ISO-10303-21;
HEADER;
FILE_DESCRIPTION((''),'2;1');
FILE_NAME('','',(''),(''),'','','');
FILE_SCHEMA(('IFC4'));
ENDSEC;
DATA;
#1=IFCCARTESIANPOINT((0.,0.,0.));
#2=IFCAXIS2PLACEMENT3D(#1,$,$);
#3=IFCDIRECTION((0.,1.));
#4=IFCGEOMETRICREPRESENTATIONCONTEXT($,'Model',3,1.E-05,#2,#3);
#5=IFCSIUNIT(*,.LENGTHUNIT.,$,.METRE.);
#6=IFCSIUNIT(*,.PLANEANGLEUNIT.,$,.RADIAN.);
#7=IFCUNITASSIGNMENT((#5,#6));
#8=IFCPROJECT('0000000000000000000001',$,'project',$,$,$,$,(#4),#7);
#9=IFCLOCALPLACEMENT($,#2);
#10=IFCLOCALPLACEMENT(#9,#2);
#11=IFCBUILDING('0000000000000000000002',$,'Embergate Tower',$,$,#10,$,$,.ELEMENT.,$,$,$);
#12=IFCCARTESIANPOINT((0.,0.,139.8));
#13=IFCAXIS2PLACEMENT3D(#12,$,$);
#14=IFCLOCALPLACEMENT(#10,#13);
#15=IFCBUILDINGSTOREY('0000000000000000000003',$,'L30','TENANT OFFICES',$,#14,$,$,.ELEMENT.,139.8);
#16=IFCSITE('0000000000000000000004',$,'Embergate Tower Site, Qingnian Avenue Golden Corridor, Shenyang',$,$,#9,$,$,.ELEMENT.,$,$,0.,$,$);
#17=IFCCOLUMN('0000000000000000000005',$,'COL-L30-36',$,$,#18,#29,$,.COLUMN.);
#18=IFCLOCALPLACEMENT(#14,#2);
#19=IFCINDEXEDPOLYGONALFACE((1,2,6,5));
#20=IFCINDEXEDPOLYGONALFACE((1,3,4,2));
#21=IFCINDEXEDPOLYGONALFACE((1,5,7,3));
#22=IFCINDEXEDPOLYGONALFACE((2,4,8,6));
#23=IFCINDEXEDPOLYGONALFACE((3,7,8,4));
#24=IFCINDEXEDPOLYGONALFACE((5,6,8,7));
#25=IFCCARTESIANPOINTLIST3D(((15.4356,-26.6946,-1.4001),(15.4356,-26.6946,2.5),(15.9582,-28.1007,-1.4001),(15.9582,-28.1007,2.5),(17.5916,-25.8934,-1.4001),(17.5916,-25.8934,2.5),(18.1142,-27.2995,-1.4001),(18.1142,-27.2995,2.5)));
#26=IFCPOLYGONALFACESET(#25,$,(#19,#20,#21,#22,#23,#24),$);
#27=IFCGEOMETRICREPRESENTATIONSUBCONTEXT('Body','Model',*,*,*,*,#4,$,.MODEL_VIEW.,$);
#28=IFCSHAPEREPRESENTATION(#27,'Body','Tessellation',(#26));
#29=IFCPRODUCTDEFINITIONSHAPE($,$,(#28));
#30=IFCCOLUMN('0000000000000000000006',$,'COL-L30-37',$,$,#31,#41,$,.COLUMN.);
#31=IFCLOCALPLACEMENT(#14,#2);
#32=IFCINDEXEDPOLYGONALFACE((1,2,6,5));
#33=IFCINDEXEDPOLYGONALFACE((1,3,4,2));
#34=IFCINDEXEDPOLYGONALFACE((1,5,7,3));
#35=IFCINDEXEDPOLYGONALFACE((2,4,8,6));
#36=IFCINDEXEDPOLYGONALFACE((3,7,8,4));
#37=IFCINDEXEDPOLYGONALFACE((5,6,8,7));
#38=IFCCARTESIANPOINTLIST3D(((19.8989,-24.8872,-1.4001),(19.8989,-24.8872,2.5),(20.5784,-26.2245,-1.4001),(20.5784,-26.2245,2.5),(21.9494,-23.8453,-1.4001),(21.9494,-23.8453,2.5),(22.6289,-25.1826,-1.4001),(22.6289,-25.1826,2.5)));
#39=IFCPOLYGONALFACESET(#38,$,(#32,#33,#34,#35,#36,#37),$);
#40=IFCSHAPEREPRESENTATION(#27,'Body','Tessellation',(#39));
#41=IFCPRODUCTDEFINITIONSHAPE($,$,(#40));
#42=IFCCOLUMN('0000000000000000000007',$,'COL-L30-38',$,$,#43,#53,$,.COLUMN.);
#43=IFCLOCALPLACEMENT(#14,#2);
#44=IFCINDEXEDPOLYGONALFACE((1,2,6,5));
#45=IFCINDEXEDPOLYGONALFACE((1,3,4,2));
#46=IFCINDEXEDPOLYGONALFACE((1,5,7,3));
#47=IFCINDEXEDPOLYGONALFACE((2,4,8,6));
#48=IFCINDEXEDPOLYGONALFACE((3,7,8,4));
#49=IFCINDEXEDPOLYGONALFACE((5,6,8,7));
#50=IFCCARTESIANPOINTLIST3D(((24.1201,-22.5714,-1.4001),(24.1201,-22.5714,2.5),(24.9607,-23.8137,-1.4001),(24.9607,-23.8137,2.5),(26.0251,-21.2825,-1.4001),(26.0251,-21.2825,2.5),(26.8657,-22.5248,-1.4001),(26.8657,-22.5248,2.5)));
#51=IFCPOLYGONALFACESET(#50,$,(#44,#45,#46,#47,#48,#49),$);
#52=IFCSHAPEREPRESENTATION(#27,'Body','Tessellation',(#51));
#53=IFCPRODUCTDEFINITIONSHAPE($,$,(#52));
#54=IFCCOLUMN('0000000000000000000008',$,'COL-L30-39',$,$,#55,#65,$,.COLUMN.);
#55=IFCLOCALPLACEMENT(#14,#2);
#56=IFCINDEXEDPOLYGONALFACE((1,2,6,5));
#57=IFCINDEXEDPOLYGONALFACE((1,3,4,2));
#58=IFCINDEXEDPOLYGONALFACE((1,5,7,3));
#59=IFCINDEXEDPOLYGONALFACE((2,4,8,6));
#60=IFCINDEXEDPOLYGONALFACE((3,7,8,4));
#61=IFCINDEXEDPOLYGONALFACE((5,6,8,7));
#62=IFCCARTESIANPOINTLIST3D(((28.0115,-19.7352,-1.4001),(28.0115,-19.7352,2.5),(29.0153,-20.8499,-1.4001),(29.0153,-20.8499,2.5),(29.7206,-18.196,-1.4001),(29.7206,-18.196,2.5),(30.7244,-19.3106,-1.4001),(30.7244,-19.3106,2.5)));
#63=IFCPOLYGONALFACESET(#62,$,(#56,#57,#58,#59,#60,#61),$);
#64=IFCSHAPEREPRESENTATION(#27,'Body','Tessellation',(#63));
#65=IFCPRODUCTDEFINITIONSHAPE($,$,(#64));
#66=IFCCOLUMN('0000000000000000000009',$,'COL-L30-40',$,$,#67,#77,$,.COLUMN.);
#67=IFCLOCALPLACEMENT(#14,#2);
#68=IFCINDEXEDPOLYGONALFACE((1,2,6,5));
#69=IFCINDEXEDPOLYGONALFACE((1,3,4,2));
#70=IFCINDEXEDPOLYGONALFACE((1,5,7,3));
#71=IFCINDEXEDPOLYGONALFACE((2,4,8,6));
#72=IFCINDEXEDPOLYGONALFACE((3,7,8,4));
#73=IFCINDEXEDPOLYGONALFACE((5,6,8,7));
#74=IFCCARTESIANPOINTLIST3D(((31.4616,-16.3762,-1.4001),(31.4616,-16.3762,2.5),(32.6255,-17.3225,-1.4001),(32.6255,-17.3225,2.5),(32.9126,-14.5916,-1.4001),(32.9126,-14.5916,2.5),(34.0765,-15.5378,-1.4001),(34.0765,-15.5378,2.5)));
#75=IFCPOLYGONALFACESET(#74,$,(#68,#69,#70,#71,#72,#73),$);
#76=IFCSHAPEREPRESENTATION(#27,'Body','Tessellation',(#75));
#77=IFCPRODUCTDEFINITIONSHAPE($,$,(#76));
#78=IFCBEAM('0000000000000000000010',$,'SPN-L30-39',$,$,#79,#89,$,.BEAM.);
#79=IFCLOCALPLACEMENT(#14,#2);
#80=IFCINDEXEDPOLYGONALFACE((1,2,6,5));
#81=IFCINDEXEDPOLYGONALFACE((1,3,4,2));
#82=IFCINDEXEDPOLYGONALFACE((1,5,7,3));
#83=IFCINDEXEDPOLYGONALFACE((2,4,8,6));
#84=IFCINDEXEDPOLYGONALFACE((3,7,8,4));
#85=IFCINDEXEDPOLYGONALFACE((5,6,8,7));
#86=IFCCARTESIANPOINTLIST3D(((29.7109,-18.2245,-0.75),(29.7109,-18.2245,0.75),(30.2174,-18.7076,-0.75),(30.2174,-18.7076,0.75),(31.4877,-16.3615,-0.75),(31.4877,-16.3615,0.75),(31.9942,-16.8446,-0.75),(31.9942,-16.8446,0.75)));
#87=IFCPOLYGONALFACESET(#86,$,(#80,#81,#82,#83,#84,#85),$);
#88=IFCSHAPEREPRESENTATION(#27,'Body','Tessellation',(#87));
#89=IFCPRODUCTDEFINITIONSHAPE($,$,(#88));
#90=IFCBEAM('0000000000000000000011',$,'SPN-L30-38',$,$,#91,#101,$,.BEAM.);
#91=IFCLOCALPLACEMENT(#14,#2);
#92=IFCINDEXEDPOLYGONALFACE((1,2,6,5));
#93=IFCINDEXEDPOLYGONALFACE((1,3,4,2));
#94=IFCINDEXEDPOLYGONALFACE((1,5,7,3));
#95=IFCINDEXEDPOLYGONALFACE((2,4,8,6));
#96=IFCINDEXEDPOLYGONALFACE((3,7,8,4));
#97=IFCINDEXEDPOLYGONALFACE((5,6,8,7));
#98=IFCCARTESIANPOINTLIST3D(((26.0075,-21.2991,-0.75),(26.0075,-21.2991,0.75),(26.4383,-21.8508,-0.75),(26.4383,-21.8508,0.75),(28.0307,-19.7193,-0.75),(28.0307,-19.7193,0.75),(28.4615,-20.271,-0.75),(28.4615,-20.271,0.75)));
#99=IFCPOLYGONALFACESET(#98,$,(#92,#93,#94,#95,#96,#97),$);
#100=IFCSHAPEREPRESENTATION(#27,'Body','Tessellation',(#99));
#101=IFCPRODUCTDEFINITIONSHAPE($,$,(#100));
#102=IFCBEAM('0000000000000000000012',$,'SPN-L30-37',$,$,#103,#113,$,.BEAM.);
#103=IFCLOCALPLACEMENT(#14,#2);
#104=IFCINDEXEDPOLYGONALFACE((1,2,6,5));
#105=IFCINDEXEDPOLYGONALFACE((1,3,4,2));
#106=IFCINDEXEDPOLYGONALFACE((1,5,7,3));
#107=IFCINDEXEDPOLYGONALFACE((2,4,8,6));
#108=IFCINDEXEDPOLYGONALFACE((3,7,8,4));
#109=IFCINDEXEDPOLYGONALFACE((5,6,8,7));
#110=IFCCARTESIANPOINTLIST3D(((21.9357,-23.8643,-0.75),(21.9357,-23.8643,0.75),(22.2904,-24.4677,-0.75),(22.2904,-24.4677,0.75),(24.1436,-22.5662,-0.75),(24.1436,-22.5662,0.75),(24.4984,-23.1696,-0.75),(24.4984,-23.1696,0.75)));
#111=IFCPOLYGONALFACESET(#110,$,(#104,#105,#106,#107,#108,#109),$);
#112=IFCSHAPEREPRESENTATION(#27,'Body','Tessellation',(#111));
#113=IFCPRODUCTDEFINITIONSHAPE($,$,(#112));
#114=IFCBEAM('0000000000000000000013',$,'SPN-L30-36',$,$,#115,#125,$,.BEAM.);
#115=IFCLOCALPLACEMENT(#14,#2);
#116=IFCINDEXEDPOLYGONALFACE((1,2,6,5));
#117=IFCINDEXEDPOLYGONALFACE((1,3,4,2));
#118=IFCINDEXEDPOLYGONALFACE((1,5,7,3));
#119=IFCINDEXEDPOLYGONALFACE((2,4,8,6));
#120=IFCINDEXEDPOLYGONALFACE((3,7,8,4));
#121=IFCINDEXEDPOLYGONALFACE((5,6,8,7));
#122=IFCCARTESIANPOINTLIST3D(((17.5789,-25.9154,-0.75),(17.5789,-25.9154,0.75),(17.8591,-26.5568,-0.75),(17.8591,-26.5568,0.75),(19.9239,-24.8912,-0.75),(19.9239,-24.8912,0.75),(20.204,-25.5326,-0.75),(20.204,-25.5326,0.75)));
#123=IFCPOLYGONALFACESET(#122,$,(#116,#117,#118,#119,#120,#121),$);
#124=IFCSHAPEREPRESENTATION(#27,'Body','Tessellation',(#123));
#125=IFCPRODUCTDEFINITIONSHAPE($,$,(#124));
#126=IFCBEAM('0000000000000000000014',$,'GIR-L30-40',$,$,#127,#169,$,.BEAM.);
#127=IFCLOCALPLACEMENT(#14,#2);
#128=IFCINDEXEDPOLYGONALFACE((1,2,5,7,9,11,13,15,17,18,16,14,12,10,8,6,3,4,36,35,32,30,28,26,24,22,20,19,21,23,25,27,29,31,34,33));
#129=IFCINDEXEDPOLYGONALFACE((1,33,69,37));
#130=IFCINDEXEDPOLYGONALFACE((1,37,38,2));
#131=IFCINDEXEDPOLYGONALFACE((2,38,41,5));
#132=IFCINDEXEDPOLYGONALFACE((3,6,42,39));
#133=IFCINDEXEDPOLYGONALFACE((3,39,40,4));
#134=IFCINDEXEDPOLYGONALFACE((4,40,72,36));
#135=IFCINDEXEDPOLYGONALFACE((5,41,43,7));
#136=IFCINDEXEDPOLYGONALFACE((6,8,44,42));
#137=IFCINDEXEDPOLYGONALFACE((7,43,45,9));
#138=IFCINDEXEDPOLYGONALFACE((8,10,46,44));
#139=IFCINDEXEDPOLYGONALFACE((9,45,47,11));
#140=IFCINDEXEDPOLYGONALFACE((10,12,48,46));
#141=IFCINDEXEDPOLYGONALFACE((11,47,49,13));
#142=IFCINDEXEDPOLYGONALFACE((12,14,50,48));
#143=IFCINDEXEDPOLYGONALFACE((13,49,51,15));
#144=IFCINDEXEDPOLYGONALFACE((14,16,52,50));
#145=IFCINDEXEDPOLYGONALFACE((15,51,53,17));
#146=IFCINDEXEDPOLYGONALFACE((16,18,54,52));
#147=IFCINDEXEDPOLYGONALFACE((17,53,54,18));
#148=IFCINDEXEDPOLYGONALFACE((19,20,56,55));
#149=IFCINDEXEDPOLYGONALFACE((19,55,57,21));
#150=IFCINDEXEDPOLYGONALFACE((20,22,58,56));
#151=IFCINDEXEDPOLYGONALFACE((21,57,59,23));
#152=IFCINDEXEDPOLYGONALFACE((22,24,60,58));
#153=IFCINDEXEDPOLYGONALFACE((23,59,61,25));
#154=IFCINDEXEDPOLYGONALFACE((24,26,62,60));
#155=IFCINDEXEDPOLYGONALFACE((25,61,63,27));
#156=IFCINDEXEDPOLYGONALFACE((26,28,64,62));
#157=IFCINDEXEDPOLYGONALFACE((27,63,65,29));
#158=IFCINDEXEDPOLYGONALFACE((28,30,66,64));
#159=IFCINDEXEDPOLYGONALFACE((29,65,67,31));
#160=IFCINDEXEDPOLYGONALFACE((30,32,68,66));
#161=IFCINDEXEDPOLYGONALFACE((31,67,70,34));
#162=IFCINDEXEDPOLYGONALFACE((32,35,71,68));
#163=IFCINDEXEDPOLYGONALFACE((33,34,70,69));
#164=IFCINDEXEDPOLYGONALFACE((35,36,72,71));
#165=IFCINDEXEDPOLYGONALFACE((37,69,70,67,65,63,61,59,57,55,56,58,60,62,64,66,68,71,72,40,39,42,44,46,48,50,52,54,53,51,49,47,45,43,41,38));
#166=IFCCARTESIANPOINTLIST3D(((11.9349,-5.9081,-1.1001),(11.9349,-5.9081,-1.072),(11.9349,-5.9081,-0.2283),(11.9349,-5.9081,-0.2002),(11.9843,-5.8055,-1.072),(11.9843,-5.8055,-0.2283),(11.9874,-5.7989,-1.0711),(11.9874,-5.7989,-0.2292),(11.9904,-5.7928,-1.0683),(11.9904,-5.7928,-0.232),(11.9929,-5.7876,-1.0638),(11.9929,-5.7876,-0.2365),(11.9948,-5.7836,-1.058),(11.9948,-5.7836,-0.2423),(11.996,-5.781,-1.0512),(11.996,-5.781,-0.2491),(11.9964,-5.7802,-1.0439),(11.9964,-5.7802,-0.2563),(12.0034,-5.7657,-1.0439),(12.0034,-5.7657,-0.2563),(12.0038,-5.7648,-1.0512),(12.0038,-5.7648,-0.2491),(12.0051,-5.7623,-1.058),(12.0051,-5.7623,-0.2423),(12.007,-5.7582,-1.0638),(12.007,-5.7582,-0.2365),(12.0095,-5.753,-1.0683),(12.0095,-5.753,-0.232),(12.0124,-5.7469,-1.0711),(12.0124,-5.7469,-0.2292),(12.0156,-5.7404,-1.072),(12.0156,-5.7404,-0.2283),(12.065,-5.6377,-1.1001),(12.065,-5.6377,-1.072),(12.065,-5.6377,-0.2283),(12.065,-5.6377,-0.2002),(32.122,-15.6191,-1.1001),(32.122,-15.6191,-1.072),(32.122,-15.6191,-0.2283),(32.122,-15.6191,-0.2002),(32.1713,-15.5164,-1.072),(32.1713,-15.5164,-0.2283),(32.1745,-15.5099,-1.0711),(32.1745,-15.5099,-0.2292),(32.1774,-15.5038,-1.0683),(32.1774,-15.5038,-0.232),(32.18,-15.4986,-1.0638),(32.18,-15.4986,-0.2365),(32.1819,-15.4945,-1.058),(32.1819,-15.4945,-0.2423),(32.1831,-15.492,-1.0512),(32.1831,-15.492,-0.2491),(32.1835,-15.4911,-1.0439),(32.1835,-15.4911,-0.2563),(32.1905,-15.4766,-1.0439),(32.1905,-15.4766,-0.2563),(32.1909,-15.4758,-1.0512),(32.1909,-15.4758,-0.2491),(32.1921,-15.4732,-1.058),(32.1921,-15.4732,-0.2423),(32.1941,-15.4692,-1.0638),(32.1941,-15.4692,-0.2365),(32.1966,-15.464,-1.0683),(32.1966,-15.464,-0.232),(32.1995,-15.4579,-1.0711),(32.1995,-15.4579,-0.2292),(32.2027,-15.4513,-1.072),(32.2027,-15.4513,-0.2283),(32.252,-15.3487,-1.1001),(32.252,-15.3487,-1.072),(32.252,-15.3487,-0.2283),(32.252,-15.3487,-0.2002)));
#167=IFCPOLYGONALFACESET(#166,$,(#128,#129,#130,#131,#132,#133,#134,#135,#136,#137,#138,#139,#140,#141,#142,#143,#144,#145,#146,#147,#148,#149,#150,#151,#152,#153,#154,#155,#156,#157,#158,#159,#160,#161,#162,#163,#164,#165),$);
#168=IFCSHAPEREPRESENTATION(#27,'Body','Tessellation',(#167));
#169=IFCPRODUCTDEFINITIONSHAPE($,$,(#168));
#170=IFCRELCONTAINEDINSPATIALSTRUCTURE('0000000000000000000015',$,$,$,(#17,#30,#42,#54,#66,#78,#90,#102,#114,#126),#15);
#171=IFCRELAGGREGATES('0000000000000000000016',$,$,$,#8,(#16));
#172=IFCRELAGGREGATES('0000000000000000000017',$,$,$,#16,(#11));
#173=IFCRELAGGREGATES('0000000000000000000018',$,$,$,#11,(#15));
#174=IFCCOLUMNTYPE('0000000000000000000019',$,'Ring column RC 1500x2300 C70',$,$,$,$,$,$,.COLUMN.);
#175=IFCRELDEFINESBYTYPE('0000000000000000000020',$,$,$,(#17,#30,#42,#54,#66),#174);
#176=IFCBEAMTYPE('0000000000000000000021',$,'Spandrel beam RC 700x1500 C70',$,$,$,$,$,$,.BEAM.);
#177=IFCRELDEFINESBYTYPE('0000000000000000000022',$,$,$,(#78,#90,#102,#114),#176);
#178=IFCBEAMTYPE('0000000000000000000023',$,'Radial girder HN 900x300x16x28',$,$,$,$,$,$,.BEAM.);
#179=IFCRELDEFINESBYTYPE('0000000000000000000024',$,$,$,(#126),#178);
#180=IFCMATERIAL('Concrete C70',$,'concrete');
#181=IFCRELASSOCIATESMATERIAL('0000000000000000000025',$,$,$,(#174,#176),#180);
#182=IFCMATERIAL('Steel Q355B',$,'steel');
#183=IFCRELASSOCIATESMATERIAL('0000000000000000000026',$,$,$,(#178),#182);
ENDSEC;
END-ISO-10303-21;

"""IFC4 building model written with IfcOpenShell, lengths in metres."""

from ifc_helpers import new_model, si_unit, direction, frame, origin, origin_2d, place, context, subcontext, project, spatial, rectangle, i_section, extrude, source, transform, mapped, material, material_profile, profile_set, type_object, element, save


model = new_model("IFC4")

# Units and contexts
model_context = context("Model", 3, precision=1e-05, world=origin(), true_north=direction((0.0, 1.0)))
body_context = subcontext(model_context, "Body", "Model", "MODEL_VIEW")
ifc_project = project(units=[si_unit("LENGTHUNIT", "METRE"), si_unit("PLANEANGLEUNIT", "RADIAN")], contexts=[model_context])

# Site, building, storey
site_placement = place(None, origin())
site = spatial("IfcSite", under=ifc_project, at=site_placement, Name="Embergate Tower Site, Qingnian Avenue Golden Corridor, Shenyang", CompositionType="ELEMENT", RefElevation=0.0)
building_placement = place(site_placement, origin())
building = spatial("IfcBuilding", under=site, at=building_placement, Name="Embergate Tower", CompositionType="ELEMENT")
storey_placement = place(building_placement, frame((0.0, 0.0, 139.8)))
storey = spatial("IfcBuildingStorey", under=building, at=storey_placement, Name="L30", Description="TENANT OFFICES", CompositionType="ELEMENT", Elevation=139.8)

# Columns
ifc_material_1 = material(Name="Concrete C70", Category="concrete")
ifc_material_profile_1 = material_profile(ifc_material_1, rectangle(XDim=1.5, YDim=2.3, at=origin_2d()), Name="RC 1500x2300")
ifc_profile_set_1 = profile_set([ifc_material_profile_1], Name="Concrete C70")
column_type = type_object("IfcColumnType", Name="Ring column RC 1500x2300 C70", PredefinedType="COLUMN", material=ifc_profile_set_1)
shared_shape_1 = source(origin(), body_context, "Body", "SweptSolid", [
    extrude(rectangle(XDim=1.5, YDim=2.3, at=origin_2d()), origin(), (0.0, 0.0, 1.0), 3.9001),
])
for number, where, z_axis, x_axis, name in (
    (1, (16.7749, -26.9971, -1.4001), (0.0, 0.0, 1.0), (0.348343, -0.937367, 0.0), "COL-L30-36"),
    (2, (21.2639, -25.0349, -1.4001), (0.0, 0.0, 1.0), (0.452995, -0.891513, 0.0), "COL-L30-37"),
    (3, (25.4929, -22.5481, -1.4001), (0.0, 0.0, 1.0), (0.560393, -0.828227, 0.0), "COL-L30-38"),
    (4, (29.3679, -19.5229, -1.4001), (0.0, 0.0, 1.0), (0.669208, -0.743075, 0.0), "COL-L30-39"),
    (5, (32.769, -15.957, -1.4001), (0.0, 0.0, 1.0), (0.775914, -0.630838, 0.0), "COL-L30-40"),
):
    element("IfcColumn", number, at=place(storey_placement, frame(where, z_axis=z_axis, x_axis=x_axis)), inside=storey, type_object=column_type, Name=name, PredefinedType="COLUMN", context=body_context, shape_type="MappedRepresentation", body=[
        mapped(shared_shape_1, transform((0.0, 0.0, 0.0))),
    ])

# Beams
ifc_material_profile_2 = material_profile(ifc_material_1, rectangle(XDim=0.7, YDim=1.5, at=origin_2d()), Name="RC 700x1500")
ifc_profile_set_2 = profile_set([ifc_material_profile_2], Name="Concrete C70")
beam_type_1 = type_object("IfcBeamType", Name="Spandrel beam RC 700x1500 C70", PredefinedType="BEAM", material=ifc_profile_set_2)
shared_shape_2 = source(origin(), body_context, "Body", "SweptSolid", [
    extrude(rectangle(XDim=0.7, YDim=1.5, at=origin_2d()), origin(), (0.0, 0.0, 1.0), 2.5745),
])
beam_1_placement = place(storey_placement, frame((29.9641, -18.4661, 0.0), z_axis=(0.690171, 0.723646, 0.0), x_axis=(-0.723646, 0.690171, 0.0)))
element("IfcBeam", 6, at=beam_1_placement, inside=storey, type_object=beam_type_1, Name="SPN-L30-39", PredefinedType="BEAM", context=body_context, shape_type="MappedRepresentation", body=[
    mapped(shared_shape_2, transform((0.0, 0.0, 0.0))),
])
shared_shape_3 = source(origin(), body_context, "Body", "SweptSolid", [
    extrude(rectangle(XDim=0.7, YDim=1.5, at=origin_2d()), origin(), (0.0, 0.0, 1.0), 2.5669),
])
beam_2_placement = place(storey_placement, frame((26.2229, -21.575, 0.0), z_axis=(0.788173, 0.615454, 0.0), x_axis=(-0.615454, 0.788173, 0.0)))
element("IfcBeam", 7, at=beam_2_placement, inside=storey, type_object=beam_type_1, Name="SPN-L30-38", PredefinedType="BEAM", context=body_context, shape_type="MappedRepresentation", body=[
    mapped(shared_shape_3, transform((0.0, 0.0, 0.0))),
])
shared_shape_4 = source(origin(), body_context, "Body", "SweptSolid", [
    extrude(rectangle(XDim=0.7, YDim=1.5, at=origin_2d()), origin(), (0.0, 0.0, 1.0), 2.5613),
])
beam_3_placement = place(storey_placement, frame((22.113, -24.166, 0.0), z_axis=(0.862059, 0.506808, 0.0), x_axis=(-0.506808, 0.862059, 0.0)))
element("IfcBeam", 8, at=beam_3_placement, inside=storey, type_object=beam_type_1, Name="SPN-L30-37", PredefinedType="BEAM", context=body_context, shape_type="MappedRepresentation", body=[
    mapped(shared_shape_4, transform((0.0, 0.0, 0.0))),
])
shared_shape_5 = source(origin(), body_context, "Body", "SweptSolid", [
    extrude(rectangle(XDim=0.7, YDim=1.5, at=origin_2d()), origin(), (0.0, 0.0, 1.0), 2.5588),
])
beam_4_placement = place(storey_placement, frame((17.719, -26.2361, 0.0), z_axis=(0.916409, 0.400243, 0.0), x_axis=(-0.400243, 0.916409, 0.0)))
element("IfcBeam", 9, at=beam_4_placement, inside=storey, type_object=beam_type_1, Name="SPN-L30-36", PredefinedType="BEAM", context=body_context, shape_type="MappedRepresentation", body=[
    mapped(shared_shape_5, transform((0.0, 0.0, 0.0))),
])
ifc_material_2 = material(Name="Steel Q355B", Category="steel")
ifc_material_profile_3 = material_profile(ifc_material_2, i_section(OverallWidth=0.3, OverallDepth=0.8999, WebThickness=0.0161, FlangeThickness=0.0281, FilletRadius=0.0281, at=origin_2d()), Name="HN 900x300x16x28")
ifc_profile_set_3 = profile_set([ifc_material_profile_3], Name="Steel Q355 grade B")
beam_type_2 = type_object("IfcBeamType", Name="Radial girder HN 900x300x16x28", PredefinedType="BEAM", material=ifc_profile_set_3)
shared_shape_6 = source(origin(), body_context, "Body", "SweptSolid", [
    extrude(i_section(OverallWidth=0.3, OverallDepth=0.8999, WebThickness=0.0161, FlangeThickness=0.0281, FilletRadius=0.0281, at=origin_2d()), origin(), (0.0, 0.0, 1.0), 22.4014),
])
beam_5_placement = place(storey_placement, frame((32.187, -15.4839, -0.6501), z_axis=(-0.901154, 0.433499, 0.0), x_axis=(-0.433499, -0.901154, 0.0)))
element("IfcBeam", 10, at=beam_5_placement, inside=storey, type_object=beam_type_2, Name="GIR-L30-40", PredefinedType="BEAM", context=body_context, shape_type="MappedRepresentation", body=[
    mapped(shared_shape_6, transform((0.0, 0.0, 0.0))),
])

save(model, "model.ifc")
